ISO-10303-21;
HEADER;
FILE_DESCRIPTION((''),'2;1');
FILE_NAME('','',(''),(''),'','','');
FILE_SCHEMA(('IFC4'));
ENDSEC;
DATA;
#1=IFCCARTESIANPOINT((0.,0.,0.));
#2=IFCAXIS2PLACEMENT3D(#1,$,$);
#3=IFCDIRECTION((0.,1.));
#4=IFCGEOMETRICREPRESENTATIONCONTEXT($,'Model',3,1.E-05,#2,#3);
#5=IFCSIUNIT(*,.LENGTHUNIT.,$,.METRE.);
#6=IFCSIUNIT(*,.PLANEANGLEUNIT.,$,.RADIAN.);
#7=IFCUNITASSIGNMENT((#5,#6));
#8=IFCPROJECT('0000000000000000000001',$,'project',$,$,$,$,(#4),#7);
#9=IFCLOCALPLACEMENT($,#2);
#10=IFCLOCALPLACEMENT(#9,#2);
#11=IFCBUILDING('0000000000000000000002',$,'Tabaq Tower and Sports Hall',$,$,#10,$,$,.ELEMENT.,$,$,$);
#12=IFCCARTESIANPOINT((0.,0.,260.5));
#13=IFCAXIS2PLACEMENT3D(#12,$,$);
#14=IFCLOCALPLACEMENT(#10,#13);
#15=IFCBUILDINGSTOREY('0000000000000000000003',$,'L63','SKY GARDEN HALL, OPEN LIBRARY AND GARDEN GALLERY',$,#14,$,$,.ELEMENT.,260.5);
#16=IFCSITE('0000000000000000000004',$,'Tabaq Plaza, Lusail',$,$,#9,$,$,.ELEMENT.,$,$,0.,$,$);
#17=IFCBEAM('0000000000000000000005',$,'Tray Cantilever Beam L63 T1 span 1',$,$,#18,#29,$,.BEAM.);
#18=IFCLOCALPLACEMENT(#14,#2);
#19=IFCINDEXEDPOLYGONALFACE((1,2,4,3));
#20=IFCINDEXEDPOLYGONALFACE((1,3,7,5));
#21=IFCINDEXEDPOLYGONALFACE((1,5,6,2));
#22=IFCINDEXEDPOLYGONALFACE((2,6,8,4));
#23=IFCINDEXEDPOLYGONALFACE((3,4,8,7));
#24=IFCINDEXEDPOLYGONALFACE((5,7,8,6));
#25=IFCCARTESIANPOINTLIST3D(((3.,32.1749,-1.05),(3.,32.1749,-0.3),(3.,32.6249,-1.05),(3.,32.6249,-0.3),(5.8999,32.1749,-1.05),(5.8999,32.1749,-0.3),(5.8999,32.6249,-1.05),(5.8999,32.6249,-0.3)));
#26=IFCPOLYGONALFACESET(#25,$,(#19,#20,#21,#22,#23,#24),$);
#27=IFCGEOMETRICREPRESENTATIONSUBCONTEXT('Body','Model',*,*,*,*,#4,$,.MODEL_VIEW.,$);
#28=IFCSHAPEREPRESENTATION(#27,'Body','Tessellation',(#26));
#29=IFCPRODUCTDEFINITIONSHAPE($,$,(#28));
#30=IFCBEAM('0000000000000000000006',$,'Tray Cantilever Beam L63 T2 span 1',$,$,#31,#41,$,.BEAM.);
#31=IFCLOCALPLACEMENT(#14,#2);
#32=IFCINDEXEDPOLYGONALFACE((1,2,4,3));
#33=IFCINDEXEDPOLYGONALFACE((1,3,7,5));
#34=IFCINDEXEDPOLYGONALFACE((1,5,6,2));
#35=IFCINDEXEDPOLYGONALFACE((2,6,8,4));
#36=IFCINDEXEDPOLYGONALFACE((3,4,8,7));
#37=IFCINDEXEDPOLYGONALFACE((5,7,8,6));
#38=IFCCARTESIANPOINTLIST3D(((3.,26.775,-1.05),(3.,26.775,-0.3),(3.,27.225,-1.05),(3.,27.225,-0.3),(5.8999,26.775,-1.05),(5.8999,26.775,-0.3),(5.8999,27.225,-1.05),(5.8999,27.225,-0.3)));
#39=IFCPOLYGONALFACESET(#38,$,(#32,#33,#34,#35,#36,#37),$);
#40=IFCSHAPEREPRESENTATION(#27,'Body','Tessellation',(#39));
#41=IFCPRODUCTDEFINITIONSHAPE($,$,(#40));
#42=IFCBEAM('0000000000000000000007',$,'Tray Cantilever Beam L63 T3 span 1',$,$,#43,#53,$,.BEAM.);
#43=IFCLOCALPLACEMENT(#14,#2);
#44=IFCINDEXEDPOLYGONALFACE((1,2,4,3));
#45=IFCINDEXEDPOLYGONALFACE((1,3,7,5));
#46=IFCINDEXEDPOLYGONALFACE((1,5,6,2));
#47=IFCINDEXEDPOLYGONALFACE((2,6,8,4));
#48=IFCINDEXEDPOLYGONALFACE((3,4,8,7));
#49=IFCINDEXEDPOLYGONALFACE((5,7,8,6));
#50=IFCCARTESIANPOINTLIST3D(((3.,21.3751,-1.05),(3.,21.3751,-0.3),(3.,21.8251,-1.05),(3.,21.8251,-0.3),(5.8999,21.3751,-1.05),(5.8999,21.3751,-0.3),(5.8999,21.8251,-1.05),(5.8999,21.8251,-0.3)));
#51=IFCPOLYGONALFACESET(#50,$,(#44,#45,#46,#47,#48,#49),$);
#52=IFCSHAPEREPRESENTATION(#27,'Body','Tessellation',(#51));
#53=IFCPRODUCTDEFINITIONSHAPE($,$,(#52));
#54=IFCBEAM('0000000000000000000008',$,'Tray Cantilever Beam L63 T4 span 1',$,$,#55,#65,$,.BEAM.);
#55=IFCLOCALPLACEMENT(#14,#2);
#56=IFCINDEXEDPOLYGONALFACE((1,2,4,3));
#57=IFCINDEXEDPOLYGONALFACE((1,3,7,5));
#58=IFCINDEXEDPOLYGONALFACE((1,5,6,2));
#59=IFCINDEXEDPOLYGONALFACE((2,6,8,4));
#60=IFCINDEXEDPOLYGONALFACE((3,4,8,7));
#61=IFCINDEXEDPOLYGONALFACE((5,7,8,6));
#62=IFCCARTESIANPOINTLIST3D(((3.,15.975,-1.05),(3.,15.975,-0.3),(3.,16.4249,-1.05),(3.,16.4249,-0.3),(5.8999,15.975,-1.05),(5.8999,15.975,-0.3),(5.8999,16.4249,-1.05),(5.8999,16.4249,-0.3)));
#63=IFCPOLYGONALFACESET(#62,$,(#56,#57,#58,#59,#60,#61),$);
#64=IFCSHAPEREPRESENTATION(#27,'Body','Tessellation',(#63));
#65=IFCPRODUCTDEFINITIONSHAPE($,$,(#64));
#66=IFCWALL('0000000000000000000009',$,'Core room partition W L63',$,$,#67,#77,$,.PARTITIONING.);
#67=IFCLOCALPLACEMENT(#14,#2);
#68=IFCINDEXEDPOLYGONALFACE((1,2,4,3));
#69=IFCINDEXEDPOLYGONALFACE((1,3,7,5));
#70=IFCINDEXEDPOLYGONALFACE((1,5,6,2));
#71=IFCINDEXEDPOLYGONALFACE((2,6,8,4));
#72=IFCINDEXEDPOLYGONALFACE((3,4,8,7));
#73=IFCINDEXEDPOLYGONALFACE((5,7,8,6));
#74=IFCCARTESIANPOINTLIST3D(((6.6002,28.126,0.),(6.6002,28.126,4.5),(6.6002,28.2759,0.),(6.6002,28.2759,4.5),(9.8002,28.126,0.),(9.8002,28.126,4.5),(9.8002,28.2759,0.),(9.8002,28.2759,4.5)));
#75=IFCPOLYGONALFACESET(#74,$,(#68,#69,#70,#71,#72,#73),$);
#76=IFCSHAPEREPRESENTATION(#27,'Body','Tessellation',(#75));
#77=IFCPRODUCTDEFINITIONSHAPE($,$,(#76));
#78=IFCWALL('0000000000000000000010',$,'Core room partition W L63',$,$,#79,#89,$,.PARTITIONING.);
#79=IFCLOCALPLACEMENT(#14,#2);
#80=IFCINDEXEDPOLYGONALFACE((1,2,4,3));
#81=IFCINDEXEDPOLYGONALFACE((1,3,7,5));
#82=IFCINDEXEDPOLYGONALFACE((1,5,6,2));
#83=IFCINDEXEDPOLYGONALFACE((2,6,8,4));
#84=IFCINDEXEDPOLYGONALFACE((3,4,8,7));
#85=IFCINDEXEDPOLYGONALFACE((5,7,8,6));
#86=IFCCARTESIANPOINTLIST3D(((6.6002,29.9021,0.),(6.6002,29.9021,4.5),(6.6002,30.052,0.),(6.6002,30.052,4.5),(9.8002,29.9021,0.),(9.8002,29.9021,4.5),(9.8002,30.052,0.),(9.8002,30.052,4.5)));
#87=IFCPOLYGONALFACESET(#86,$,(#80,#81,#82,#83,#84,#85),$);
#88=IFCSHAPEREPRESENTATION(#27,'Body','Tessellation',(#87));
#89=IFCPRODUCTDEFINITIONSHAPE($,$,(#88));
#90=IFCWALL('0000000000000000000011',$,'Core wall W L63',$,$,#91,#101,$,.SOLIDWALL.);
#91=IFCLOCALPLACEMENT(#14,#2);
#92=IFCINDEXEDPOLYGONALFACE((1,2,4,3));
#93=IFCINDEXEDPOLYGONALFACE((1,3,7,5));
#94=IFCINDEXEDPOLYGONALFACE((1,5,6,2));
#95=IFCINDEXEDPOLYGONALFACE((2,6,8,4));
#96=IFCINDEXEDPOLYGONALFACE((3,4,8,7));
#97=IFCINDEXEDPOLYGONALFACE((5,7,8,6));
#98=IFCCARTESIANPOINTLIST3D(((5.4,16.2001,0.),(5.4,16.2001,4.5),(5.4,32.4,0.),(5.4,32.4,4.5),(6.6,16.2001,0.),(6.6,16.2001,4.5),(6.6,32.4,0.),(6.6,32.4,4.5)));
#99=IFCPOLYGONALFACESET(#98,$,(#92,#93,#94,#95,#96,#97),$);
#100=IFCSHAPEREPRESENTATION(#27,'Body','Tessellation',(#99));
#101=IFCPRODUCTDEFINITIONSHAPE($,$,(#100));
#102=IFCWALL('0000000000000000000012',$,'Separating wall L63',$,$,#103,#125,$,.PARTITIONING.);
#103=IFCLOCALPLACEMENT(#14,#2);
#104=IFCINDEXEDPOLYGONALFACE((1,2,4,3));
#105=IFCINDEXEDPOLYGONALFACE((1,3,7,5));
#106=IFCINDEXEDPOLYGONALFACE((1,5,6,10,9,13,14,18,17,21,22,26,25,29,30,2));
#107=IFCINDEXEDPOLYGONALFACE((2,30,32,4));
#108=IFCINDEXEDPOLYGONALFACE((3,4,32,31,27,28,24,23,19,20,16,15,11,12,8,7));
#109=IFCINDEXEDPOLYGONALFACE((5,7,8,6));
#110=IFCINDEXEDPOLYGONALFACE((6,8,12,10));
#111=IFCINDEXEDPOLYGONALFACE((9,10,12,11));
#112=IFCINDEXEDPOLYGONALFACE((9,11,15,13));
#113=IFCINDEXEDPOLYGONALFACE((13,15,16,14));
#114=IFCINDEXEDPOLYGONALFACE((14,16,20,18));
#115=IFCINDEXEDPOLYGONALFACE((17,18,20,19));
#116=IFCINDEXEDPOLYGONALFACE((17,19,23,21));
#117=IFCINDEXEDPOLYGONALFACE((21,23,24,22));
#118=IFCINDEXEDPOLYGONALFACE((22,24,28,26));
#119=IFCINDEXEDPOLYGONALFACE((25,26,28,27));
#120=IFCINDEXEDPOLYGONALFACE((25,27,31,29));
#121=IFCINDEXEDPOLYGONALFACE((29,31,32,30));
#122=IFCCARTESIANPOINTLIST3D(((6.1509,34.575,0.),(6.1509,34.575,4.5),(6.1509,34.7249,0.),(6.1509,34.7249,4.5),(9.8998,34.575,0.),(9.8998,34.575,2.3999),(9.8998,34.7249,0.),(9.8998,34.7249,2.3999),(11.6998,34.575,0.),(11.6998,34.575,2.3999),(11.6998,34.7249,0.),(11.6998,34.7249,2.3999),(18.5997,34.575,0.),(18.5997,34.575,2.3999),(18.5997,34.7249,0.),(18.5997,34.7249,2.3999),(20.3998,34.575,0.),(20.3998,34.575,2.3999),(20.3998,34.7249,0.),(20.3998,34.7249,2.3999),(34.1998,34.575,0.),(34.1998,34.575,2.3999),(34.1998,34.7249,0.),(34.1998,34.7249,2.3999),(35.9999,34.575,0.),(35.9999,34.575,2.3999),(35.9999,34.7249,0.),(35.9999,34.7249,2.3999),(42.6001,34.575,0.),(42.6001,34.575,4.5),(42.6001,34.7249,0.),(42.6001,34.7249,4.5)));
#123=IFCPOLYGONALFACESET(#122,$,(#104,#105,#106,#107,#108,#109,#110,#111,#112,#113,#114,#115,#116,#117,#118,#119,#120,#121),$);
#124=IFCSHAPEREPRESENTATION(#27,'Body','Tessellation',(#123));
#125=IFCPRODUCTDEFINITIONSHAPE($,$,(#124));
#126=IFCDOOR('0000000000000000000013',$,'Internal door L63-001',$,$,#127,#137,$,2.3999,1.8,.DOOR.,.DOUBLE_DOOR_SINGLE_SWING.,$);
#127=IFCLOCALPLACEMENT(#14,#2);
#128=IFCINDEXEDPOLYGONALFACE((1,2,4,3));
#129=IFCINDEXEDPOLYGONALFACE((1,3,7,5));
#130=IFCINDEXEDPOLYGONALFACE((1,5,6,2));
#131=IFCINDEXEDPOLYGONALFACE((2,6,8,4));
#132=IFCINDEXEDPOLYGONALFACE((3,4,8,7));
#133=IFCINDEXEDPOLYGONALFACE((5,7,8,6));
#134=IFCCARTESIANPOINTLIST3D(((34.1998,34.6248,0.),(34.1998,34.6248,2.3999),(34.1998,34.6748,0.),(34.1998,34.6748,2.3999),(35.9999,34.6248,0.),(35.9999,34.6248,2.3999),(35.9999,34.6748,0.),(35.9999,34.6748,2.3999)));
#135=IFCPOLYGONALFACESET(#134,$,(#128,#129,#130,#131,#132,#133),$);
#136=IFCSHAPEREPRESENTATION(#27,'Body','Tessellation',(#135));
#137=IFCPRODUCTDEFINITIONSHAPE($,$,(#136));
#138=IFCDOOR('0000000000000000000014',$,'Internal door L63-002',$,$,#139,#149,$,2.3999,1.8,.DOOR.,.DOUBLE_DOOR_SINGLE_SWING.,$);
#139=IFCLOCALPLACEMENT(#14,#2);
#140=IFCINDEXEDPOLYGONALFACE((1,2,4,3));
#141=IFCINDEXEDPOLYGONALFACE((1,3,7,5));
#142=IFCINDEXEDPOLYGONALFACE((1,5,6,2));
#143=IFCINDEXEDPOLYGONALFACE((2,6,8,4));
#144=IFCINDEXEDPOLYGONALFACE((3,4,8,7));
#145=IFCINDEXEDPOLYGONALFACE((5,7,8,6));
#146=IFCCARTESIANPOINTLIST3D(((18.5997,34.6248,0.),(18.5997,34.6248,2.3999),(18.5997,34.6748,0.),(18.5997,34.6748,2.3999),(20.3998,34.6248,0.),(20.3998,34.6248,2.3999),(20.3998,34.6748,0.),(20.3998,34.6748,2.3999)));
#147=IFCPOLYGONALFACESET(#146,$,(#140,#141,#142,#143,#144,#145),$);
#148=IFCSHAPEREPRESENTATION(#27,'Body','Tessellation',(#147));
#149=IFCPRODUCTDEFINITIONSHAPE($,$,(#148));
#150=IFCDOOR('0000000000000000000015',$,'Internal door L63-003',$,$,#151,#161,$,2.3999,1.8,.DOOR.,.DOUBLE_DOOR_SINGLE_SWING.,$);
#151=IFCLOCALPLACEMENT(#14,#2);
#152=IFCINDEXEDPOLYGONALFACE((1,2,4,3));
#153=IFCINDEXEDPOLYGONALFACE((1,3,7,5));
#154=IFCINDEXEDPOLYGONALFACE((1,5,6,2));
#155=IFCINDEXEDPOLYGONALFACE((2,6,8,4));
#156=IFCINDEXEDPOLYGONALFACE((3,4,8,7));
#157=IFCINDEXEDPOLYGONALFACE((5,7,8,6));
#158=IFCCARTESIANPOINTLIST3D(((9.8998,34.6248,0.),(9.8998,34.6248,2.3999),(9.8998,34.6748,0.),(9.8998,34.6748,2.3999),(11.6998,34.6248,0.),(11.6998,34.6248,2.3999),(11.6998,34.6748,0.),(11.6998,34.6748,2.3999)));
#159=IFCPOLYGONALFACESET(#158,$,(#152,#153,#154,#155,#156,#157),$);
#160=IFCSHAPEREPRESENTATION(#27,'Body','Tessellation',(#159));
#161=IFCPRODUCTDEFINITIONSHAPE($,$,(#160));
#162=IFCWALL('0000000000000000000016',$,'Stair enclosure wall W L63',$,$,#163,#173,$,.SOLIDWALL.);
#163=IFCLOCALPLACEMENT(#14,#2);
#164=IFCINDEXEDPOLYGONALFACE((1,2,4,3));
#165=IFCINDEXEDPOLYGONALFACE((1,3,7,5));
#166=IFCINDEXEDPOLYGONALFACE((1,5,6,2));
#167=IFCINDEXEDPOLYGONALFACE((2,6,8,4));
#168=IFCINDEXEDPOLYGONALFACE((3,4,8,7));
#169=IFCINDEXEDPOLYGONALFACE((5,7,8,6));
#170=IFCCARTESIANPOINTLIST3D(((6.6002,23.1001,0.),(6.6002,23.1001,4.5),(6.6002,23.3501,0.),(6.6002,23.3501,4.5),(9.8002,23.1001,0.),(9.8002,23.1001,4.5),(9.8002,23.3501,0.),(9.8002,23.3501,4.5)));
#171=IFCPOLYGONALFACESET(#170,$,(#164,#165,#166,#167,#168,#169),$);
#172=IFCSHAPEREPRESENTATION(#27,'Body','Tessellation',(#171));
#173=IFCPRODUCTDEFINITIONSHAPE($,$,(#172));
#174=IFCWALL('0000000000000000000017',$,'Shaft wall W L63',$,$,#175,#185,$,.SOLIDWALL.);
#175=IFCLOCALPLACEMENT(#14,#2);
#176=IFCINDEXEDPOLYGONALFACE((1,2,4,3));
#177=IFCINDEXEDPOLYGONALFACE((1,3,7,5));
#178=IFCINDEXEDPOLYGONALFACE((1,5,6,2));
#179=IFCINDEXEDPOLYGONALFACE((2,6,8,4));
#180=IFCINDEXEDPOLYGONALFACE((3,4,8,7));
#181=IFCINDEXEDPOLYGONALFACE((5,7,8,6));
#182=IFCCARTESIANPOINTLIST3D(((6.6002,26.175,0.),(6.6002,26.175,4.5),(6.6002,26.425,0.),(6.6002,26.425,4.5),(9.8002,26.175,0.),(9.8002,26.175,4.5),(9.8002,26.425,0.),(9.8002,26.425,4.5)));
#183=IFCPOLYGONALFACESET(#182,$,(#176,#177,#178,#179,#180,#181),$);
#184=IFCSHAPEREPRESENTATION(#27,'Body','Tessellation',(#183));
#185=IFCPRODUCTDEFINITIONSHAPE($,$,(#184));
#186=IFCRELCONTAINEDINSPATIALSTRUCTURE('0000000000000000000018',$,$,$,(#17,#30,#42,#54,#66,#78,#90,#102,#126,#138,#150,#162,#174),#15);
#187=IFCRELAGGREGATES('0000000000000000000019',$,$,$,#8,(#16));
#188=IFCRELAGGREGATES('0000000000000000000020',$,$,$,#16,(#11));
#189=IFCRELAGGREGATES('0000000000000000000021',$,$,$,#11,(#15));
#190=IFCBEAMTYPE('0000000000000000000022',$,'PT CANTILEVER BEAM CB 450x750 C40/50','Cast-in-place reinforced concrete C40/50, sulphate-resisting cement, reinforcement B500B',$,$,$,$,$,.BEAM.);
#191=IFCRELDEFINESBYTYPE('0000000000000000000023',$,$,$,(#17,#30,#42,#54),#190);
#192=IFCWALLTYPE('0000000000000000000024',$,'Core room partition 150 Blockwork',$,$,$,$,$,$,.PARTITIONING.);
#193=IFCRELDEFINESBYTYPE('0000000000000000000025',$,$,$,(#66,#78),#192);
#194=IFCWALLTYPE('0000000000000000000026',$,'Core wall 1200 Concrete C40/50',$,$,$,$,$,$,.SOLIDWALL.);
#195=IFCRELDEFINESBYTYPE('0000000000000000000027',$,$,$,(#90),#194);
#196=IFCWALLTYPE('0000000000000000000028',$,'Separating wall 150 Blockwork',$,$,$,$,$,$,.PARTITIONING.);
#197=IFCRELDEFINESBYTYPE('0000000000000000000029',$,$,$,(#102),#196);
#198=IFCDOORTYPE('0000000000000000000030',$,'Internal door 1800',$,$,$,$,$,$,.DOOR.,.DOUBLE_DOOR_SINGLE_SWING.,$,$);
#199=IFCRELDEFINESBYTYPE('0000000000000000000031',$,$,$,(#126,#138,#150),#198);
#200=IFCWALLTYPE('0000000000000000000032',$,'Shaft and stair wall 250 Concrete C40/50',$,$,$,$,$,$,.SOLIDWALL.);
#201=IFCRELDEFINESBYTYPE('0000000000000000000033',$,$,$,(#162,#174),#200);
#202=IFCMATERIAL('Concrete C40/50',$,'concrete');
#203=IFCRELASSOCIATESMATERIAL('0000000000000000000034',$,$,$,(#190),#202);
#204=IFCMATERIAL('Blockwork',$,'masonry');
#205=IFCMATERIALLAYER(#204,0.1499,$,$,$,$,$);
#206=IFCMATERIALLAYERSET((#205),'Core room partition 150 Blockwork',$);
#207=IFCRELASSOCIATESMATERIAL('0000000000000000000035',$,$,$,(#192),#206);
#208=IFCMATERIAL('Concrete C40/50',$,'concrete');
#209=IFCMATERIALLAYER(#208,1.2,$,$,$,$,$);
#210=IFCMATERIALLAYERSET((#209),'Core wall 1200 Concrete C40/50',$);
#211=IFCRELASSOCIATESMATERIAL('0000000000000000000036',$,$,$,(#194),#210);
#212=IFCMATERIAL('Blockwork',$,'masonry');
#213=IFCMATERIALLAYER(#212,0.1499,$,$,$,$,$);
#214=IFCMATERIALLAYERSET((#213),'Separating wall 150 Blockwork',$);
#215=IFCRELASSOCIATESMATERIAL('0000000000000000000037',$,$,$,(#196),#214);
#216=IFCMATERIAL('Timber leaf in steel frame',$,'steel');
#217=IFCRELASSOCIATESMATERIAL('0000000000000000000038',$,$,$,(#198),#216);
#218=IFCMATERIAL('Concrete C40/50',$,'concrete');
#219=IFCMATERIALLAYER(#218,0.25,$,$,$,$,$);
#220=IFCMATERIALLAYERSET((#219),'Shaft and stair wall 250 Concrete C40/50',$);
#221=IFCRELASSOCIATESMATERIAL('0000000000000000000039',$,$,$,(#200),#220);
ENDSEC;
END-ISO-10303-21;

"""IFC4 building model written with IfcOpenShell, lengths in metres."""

from ifc_helpers import new_model, si_unit, direction, frame, frame_2d, origin, origin_2d, place, context, subcontext, project, spatial, rectangle, extrude, material, layer, layer_set, material_profile, profile_set, type_object, element, fill, save


model = new_model("IFC4")

# Units and contexts
model_context = context("Model", 3, precision=1e-05, world=origin(), true_north=direction((0.0, 1.0)))
body_context = subcontext(model_context, "Body", "Model", "MODEL_VIEW")
ifc_project = project(units=[si_unit("LENGTHUNIT", "METRE"), si_unit("PLANEANGLEUNIT", "RADIAN")], contexts=[model_context])

# Site, building, storey
site_placement = place(None, origin())
site = spatial("IfcSite", under=ifc_project, at=site_placement, Name="Tabaq Plaza, Lusail", CompositionType="ELEMENT", RefElevation=0.0)
building_placement = place(site_placement, origin())
building = spatial("IfcBuilding", under=site, at=building_placement, Name="Tabaq Tower and Sports Hall", CompositionType="ELEMENT")
storey_placement = place(building_placement, frame((0.0, 0.0, 260.5)))
storey = spatial("IfcBuildingStorey", under=building, at=storey_placement, Name="L63", Description="SKY GARDEN HALL, OPEN LIBRARY AND GARDEN GALLERY", CompositionType="ELEMENT", Elevation=260.5)

# Beams
ifc_material_1 = material(Name="Concrete C40/50", Category="concrete")
ifc_material_profile = material_profile(ifc_material_1, rectangle(XDim=0.45, YDim=0.75, at=origin_2d()), Name="CB 450x750")
ifc_profile_set = profile_set([ifc_material_profile], Name="Concrete C40/50")
beam_type = type_object("IfcBeamType", Name="PT CANTILEVER BEAM CB 450x750 C40/50", Description="Cast-in-place reinforced concrete C40/50, sulphate-resisting cement, reinforcement B500B", PredefinedType="BEAM", material=ifc_profile_set)
for number, where, z_axis, x_axis, name in (
    (1, (3.0, 32.3999, -0.675), (1.0, 0.0, 0.0), (0.0, 1.0, 0.0), "Tray Cantilever Beam L63 T1 span 1"),
    (2, (3.0, 27.0, -0.675), (1.0, 0.0, 0.0), (0.0, 1.0, 0.0), "Tray Cantilever Beam L63 T2 span 1"),
    (3, (3.0, 21.6001, -0.675), (1.0, 0.0, 0.0), (0.0, 1.0, 0.0), "Tray Cantilever Beam L63 T3 span 1"),
    (4, (3.0, 16.2, -0.675), (1.0, 0.0, 0.0), (0.0, 1.0, 0.0), "Tray Cantilever Beam L63 T4 span 1"),
):
    element("IfcBeam", number, at=place(storey_placement, frame(where, z_axis=z_axis, x_axis=x_axis)), inside=storey, type_object=beam_type, Name=name, PredefinedType="BEAM", context=body_context, shape_type="SweptSolid", body=[
        extrude(rectangle(XDim=0.45, YDim=0.75, at=origin_2d()), origin(), (0.0, 0.0, 1.0), 2.8999),
    ])

# Walls
ifc_material_2 = material(Name="Blockwork", Category="masonry")
ifc_layer_1 = layer(ifc_material_2, 0.1499)
ifc_layer_set_1 = layer_set([ifc_layer_1], Name="Core room partition 150 Blockwork")
wall_type_1 = type_object("IfcWallType", Name="Core room partition 150 Blockwork", PredefinedType="PARTITIONING", material=ifc_layer_set_1)
for number, where, z_axis, x_axis, name in (
    (5, (6.6001, 28.2009, 0.0), (0.0, 0.0, 1.0), (1.0, 0.0, 0.0), "Core room partition W L63"),
    (6, (6.6001, 29.9771, 0.0), (0.0, 0.0, 1.0), (1.0, 0.0, 0.0), "Core room partition W L63"),
):
    element("IfcWall", number, at=place(storey_placement, frame(where, z_axis=z_axis, x_axis=x_axis)), inside=storey, type_object=wall_type_1, Name=name, PredefinedType="PARTITIONING", context=body_context, shape_type="SweptSolid", body=[
        extrude(rectangle(XDim=3.2, YDim=0.1499, at=frame_2d((1.6001, 0.0))), origin(), (0.0, 0.0, 1.0), 4.5),
    ])
ifc_material_3 = material(Name="Concrete C40/50", Category="concrete")
ifc_layer_2 = layer(ifc_material_3, 1.2)
ifc_layer_set_2 = layer_set([ifc_layer_2], Name="Core wall 1200 Concrete C40/50")
wall_type_2 = type_object("IfcWallType", Name="Core wall 1200 Concrete C40/50", PredefinedType="SOLIDWALL", material=ifc_layer_set_2)
wall_1_placement = place(storey_placement, frame((6.0, 16.2, 0.0), z_axis=(0.0, 0.0, 1.0), x_axis=(0.0, 1.0, 0.0)))
element("IfcWall", 7, at=wall_1_placement, inside=storey, type_object=wall_type_2, Name="Core wall W L63", PredefinedType="SOLIDWALL", context=body_context, shape_type="SweptSolid", body=[
    extrude(rectangle(XDim=16.2, YDim=1.2, at=frame_2d((8.1001, 0.0))), origin(), (0.0, 0.0, 1.0), 4.5),
])

# Wall, openings, doors
ifc_material_4 = material(Name="Blockwork", Category="masonry")
ifc_layer_3 = layer(ifc_material_4, 0.1499)
ifc_layer_set_3 = layer_set([ifc_layer_3], Name="Separating wall 150 Blockwork")
wall_type_3 = type_object("IfcWallType", Name="Separating wall 150 Blockwork", PredefinedType="PARTITIONING", material=ifc_layer_set_3)
wall_2_placement = place(storey_placement, frame((6.1509, 34.6499, 0.0), z_axis=(0.0, 0.0, 1.0), x_axis=(1.0, 0.0, 0.0)))
wall_2 = element("IfcWall", 8, at=wall_2_placement, inside=storey, type_object=wall_type_3, Name="Separating wall L63", PredefinedType="PARTITIONING", context=body_context, shape_type="SweptSolid", body=[
    extrude(rectangle(XDim=36.4492, YDim=0.1499, at=frame_2d((18.2246, 0.0))), origin(), (0.0, 0.0, 1.0), 4.5),
])
opening_1_placement = place(wall_2_placement, frame((28.0491, 0.0, 0.0)))
opening_1 = element("IfcOpeningElement", 9, at=opening_1_placement, cuts=wall_2, PredefinedType="OPENING", context=body_context, shape_type="SweptSolid", body=[
    extrude(rectangle(XDim=1.8, YDim=2.3999, at=frame_2d((0.8999, 1.2))), frame((0.0, 0.075, 0.0), z_axis=(0.0, -1.0, 0.0), x_axis=(1.0, 0.0, 0.0)), (0.0, 0.0, 1.0), 0.1499),
])
opening_2_placement = place(wall_2_placement, frame((12.449, 0.0, 0.0)))
opening_2 = element("IfcOpeningElement", 10, at=opening_2_placement, cuts=wall_2, PredefinedType="OPENING", context=body_context, shape_type="SweptSolid", body=[
    extrude(rectangle(XDim=1.8, YDim=2.3999, at=frame_2d((0.8999, 1.2))), frame((0.0, 0.075, 0.0), z_axis=(0.0, -1.0, 0.0), x_axis=(1.0, 0.0, 0.0)), (0.0, 0.0, 1.0), 0.1499),
])
opening_3_placement = place(wall_2_placement, frame((3.749, 0.0, 0.0)))
opening_3 = element("IfcOpeningElement", 11, at=opening_3_placement, cuts=wall_2, PredefinedType="OPENING", context=body_context, shape_type="SweptSolid", body=[
    extrude(rectangle(XDim=1.8, YDim=2.3999, at=frame_2d((0.8999, 1.2))), frame((0.0, 0.075, 0.0), z_axis=(0.0, -1.0, 0.0), x_axis=(1.0, 0.0, 0.0)), (0.0, 0.0, 1.0), 0.1499),
])
ifc_material_5 = material(Name="Timber leaf in steel frame", Category="steel")
door_type_1 = type_object("IfcDoorType", Name="Internal door 1800", OperationType="DOUBLE_DOOR_SINGLE_SWING", PredefinedType="DOOR", material=ifc_material_5)
door_1_placement = place(opening_1_placement, origin())
door_1 = element("IfcDoor", 12, at=door_1_placement, inside=storey, type_object=door_type_1, Name="Internal door L63-001", OperationType="DOUBLE_DOOR_SINGLE_SWING", OverallHeight=2.3999, OverallWidth=1.8, PredefinedType="DOOR", context=body_context, shape_type="SweptSolid", body=[
    extrude(rectangle(XDim=1.8, YDim=2.3999, at=frame_2d((0.8999, 1.2))), frame((0.0, 0.0249, 0.0), z_axis=(0.0, -1.0, 0.0), x_axis=(1.0, 0.0, 0.0)), (0.0, 0.0, 1.0), 0.05),
])
fill(opening_1, door_1)
door_2_placement = place(opening_2_placement, origin())
door_2 = element("IfcDoor", 13, at=door_2_placement, inside=storey, type_object=door_type_1, Name="Internal door L63-002", OperationType="DOUBLE_DOOR_SINGLE_SWING", OverallHeight=2.3999, OverallWidth=1.8, PredefinedType="DOOR", context=body_context, shape_type="SweptSolid", body=[
    extrude(rectangle(XDim=1.8, YDim=2.3999, at=frame_2d((0.8999, 1.2))), frame((0.0, 0.0249, 0.0), z_axis=(0.0, -1.0, 0.0), x_axis=(1.0, 0.0, 0.0)), (0.0, 0.0, 1.0), 0.05),
])
fill(opening_2, door_2)
door_3_placement = place(opening_3_placement, origin())
door_3 = element("IfcDoor", 14, at=door_3_placement, inside=storey, type_object=door_type_1, Name="Internal door L63-003", OperationType="DOUBLE_DOOR_SINGLE_SWING", OverallHeight=2.3999, OverallWidth=1.8, PredefinedType="DOOR", context=body_context, shape_type="SweptSolid", body=[
    extrude(rectangle(XDim=1.8, YDim=2.3999, at=frame_2d((0.8999, 1.2))), frame((0.0, 0.0249, 0.0), z_axis=(0.0, -1.0, 0.0), x_axis=(1.0, 0.0, 0.0)), (0.0, 0.0, 1.0), 0.05),
])
fill(opening_3, door_3)

# Walls
ifc_material_6 = material(Name="Concrete C40/50", Category="concrete")
ifc_layer_4 = layer(ifc_material_6, 0.25)
ifc_layer_set_4 = layer_set([ifc_layer_4], Name="Shaft and stair wall 250 Concrete C40/50")
wall_type_4 = type_object("IfcWallType", Name="Shaft and stair wall 250 Concrete C40/50", PredefinedType="SOLIDWALL", material=ifc_layer_set_4)
for number, where, z_axis, x_axis, name in (
    (15, (6.6001, 23.2251, 0.0), (0.0, 0.0, 1.0), (1.0, 0.0, 0.0), "Stair enclosure wall W L63"),
    (16, (6.6001, 26.3, 0.0), (0.0, 0.0, 1.0), (1.0, 0.0, 0.0), "Shaft wall W L63"),
):
    element("IfcWall", number, at=place(storey_placement, frame(where, z_axis=z_axis, x_axis=x_axis)), inside=storey, type_object=wall_type_4, Name=name, PredefinedType="SOLIDWALL", context=body_context, shape_type="SweptSolid", body=[
        extrude(rectangle(XDim=3.2, YDim=0.25, at=frame_2d((1.6001, 0.0))), origin(), (0.0, 0.0, 1.0), 4.5),
    ])

save(model, "model.ifc")
